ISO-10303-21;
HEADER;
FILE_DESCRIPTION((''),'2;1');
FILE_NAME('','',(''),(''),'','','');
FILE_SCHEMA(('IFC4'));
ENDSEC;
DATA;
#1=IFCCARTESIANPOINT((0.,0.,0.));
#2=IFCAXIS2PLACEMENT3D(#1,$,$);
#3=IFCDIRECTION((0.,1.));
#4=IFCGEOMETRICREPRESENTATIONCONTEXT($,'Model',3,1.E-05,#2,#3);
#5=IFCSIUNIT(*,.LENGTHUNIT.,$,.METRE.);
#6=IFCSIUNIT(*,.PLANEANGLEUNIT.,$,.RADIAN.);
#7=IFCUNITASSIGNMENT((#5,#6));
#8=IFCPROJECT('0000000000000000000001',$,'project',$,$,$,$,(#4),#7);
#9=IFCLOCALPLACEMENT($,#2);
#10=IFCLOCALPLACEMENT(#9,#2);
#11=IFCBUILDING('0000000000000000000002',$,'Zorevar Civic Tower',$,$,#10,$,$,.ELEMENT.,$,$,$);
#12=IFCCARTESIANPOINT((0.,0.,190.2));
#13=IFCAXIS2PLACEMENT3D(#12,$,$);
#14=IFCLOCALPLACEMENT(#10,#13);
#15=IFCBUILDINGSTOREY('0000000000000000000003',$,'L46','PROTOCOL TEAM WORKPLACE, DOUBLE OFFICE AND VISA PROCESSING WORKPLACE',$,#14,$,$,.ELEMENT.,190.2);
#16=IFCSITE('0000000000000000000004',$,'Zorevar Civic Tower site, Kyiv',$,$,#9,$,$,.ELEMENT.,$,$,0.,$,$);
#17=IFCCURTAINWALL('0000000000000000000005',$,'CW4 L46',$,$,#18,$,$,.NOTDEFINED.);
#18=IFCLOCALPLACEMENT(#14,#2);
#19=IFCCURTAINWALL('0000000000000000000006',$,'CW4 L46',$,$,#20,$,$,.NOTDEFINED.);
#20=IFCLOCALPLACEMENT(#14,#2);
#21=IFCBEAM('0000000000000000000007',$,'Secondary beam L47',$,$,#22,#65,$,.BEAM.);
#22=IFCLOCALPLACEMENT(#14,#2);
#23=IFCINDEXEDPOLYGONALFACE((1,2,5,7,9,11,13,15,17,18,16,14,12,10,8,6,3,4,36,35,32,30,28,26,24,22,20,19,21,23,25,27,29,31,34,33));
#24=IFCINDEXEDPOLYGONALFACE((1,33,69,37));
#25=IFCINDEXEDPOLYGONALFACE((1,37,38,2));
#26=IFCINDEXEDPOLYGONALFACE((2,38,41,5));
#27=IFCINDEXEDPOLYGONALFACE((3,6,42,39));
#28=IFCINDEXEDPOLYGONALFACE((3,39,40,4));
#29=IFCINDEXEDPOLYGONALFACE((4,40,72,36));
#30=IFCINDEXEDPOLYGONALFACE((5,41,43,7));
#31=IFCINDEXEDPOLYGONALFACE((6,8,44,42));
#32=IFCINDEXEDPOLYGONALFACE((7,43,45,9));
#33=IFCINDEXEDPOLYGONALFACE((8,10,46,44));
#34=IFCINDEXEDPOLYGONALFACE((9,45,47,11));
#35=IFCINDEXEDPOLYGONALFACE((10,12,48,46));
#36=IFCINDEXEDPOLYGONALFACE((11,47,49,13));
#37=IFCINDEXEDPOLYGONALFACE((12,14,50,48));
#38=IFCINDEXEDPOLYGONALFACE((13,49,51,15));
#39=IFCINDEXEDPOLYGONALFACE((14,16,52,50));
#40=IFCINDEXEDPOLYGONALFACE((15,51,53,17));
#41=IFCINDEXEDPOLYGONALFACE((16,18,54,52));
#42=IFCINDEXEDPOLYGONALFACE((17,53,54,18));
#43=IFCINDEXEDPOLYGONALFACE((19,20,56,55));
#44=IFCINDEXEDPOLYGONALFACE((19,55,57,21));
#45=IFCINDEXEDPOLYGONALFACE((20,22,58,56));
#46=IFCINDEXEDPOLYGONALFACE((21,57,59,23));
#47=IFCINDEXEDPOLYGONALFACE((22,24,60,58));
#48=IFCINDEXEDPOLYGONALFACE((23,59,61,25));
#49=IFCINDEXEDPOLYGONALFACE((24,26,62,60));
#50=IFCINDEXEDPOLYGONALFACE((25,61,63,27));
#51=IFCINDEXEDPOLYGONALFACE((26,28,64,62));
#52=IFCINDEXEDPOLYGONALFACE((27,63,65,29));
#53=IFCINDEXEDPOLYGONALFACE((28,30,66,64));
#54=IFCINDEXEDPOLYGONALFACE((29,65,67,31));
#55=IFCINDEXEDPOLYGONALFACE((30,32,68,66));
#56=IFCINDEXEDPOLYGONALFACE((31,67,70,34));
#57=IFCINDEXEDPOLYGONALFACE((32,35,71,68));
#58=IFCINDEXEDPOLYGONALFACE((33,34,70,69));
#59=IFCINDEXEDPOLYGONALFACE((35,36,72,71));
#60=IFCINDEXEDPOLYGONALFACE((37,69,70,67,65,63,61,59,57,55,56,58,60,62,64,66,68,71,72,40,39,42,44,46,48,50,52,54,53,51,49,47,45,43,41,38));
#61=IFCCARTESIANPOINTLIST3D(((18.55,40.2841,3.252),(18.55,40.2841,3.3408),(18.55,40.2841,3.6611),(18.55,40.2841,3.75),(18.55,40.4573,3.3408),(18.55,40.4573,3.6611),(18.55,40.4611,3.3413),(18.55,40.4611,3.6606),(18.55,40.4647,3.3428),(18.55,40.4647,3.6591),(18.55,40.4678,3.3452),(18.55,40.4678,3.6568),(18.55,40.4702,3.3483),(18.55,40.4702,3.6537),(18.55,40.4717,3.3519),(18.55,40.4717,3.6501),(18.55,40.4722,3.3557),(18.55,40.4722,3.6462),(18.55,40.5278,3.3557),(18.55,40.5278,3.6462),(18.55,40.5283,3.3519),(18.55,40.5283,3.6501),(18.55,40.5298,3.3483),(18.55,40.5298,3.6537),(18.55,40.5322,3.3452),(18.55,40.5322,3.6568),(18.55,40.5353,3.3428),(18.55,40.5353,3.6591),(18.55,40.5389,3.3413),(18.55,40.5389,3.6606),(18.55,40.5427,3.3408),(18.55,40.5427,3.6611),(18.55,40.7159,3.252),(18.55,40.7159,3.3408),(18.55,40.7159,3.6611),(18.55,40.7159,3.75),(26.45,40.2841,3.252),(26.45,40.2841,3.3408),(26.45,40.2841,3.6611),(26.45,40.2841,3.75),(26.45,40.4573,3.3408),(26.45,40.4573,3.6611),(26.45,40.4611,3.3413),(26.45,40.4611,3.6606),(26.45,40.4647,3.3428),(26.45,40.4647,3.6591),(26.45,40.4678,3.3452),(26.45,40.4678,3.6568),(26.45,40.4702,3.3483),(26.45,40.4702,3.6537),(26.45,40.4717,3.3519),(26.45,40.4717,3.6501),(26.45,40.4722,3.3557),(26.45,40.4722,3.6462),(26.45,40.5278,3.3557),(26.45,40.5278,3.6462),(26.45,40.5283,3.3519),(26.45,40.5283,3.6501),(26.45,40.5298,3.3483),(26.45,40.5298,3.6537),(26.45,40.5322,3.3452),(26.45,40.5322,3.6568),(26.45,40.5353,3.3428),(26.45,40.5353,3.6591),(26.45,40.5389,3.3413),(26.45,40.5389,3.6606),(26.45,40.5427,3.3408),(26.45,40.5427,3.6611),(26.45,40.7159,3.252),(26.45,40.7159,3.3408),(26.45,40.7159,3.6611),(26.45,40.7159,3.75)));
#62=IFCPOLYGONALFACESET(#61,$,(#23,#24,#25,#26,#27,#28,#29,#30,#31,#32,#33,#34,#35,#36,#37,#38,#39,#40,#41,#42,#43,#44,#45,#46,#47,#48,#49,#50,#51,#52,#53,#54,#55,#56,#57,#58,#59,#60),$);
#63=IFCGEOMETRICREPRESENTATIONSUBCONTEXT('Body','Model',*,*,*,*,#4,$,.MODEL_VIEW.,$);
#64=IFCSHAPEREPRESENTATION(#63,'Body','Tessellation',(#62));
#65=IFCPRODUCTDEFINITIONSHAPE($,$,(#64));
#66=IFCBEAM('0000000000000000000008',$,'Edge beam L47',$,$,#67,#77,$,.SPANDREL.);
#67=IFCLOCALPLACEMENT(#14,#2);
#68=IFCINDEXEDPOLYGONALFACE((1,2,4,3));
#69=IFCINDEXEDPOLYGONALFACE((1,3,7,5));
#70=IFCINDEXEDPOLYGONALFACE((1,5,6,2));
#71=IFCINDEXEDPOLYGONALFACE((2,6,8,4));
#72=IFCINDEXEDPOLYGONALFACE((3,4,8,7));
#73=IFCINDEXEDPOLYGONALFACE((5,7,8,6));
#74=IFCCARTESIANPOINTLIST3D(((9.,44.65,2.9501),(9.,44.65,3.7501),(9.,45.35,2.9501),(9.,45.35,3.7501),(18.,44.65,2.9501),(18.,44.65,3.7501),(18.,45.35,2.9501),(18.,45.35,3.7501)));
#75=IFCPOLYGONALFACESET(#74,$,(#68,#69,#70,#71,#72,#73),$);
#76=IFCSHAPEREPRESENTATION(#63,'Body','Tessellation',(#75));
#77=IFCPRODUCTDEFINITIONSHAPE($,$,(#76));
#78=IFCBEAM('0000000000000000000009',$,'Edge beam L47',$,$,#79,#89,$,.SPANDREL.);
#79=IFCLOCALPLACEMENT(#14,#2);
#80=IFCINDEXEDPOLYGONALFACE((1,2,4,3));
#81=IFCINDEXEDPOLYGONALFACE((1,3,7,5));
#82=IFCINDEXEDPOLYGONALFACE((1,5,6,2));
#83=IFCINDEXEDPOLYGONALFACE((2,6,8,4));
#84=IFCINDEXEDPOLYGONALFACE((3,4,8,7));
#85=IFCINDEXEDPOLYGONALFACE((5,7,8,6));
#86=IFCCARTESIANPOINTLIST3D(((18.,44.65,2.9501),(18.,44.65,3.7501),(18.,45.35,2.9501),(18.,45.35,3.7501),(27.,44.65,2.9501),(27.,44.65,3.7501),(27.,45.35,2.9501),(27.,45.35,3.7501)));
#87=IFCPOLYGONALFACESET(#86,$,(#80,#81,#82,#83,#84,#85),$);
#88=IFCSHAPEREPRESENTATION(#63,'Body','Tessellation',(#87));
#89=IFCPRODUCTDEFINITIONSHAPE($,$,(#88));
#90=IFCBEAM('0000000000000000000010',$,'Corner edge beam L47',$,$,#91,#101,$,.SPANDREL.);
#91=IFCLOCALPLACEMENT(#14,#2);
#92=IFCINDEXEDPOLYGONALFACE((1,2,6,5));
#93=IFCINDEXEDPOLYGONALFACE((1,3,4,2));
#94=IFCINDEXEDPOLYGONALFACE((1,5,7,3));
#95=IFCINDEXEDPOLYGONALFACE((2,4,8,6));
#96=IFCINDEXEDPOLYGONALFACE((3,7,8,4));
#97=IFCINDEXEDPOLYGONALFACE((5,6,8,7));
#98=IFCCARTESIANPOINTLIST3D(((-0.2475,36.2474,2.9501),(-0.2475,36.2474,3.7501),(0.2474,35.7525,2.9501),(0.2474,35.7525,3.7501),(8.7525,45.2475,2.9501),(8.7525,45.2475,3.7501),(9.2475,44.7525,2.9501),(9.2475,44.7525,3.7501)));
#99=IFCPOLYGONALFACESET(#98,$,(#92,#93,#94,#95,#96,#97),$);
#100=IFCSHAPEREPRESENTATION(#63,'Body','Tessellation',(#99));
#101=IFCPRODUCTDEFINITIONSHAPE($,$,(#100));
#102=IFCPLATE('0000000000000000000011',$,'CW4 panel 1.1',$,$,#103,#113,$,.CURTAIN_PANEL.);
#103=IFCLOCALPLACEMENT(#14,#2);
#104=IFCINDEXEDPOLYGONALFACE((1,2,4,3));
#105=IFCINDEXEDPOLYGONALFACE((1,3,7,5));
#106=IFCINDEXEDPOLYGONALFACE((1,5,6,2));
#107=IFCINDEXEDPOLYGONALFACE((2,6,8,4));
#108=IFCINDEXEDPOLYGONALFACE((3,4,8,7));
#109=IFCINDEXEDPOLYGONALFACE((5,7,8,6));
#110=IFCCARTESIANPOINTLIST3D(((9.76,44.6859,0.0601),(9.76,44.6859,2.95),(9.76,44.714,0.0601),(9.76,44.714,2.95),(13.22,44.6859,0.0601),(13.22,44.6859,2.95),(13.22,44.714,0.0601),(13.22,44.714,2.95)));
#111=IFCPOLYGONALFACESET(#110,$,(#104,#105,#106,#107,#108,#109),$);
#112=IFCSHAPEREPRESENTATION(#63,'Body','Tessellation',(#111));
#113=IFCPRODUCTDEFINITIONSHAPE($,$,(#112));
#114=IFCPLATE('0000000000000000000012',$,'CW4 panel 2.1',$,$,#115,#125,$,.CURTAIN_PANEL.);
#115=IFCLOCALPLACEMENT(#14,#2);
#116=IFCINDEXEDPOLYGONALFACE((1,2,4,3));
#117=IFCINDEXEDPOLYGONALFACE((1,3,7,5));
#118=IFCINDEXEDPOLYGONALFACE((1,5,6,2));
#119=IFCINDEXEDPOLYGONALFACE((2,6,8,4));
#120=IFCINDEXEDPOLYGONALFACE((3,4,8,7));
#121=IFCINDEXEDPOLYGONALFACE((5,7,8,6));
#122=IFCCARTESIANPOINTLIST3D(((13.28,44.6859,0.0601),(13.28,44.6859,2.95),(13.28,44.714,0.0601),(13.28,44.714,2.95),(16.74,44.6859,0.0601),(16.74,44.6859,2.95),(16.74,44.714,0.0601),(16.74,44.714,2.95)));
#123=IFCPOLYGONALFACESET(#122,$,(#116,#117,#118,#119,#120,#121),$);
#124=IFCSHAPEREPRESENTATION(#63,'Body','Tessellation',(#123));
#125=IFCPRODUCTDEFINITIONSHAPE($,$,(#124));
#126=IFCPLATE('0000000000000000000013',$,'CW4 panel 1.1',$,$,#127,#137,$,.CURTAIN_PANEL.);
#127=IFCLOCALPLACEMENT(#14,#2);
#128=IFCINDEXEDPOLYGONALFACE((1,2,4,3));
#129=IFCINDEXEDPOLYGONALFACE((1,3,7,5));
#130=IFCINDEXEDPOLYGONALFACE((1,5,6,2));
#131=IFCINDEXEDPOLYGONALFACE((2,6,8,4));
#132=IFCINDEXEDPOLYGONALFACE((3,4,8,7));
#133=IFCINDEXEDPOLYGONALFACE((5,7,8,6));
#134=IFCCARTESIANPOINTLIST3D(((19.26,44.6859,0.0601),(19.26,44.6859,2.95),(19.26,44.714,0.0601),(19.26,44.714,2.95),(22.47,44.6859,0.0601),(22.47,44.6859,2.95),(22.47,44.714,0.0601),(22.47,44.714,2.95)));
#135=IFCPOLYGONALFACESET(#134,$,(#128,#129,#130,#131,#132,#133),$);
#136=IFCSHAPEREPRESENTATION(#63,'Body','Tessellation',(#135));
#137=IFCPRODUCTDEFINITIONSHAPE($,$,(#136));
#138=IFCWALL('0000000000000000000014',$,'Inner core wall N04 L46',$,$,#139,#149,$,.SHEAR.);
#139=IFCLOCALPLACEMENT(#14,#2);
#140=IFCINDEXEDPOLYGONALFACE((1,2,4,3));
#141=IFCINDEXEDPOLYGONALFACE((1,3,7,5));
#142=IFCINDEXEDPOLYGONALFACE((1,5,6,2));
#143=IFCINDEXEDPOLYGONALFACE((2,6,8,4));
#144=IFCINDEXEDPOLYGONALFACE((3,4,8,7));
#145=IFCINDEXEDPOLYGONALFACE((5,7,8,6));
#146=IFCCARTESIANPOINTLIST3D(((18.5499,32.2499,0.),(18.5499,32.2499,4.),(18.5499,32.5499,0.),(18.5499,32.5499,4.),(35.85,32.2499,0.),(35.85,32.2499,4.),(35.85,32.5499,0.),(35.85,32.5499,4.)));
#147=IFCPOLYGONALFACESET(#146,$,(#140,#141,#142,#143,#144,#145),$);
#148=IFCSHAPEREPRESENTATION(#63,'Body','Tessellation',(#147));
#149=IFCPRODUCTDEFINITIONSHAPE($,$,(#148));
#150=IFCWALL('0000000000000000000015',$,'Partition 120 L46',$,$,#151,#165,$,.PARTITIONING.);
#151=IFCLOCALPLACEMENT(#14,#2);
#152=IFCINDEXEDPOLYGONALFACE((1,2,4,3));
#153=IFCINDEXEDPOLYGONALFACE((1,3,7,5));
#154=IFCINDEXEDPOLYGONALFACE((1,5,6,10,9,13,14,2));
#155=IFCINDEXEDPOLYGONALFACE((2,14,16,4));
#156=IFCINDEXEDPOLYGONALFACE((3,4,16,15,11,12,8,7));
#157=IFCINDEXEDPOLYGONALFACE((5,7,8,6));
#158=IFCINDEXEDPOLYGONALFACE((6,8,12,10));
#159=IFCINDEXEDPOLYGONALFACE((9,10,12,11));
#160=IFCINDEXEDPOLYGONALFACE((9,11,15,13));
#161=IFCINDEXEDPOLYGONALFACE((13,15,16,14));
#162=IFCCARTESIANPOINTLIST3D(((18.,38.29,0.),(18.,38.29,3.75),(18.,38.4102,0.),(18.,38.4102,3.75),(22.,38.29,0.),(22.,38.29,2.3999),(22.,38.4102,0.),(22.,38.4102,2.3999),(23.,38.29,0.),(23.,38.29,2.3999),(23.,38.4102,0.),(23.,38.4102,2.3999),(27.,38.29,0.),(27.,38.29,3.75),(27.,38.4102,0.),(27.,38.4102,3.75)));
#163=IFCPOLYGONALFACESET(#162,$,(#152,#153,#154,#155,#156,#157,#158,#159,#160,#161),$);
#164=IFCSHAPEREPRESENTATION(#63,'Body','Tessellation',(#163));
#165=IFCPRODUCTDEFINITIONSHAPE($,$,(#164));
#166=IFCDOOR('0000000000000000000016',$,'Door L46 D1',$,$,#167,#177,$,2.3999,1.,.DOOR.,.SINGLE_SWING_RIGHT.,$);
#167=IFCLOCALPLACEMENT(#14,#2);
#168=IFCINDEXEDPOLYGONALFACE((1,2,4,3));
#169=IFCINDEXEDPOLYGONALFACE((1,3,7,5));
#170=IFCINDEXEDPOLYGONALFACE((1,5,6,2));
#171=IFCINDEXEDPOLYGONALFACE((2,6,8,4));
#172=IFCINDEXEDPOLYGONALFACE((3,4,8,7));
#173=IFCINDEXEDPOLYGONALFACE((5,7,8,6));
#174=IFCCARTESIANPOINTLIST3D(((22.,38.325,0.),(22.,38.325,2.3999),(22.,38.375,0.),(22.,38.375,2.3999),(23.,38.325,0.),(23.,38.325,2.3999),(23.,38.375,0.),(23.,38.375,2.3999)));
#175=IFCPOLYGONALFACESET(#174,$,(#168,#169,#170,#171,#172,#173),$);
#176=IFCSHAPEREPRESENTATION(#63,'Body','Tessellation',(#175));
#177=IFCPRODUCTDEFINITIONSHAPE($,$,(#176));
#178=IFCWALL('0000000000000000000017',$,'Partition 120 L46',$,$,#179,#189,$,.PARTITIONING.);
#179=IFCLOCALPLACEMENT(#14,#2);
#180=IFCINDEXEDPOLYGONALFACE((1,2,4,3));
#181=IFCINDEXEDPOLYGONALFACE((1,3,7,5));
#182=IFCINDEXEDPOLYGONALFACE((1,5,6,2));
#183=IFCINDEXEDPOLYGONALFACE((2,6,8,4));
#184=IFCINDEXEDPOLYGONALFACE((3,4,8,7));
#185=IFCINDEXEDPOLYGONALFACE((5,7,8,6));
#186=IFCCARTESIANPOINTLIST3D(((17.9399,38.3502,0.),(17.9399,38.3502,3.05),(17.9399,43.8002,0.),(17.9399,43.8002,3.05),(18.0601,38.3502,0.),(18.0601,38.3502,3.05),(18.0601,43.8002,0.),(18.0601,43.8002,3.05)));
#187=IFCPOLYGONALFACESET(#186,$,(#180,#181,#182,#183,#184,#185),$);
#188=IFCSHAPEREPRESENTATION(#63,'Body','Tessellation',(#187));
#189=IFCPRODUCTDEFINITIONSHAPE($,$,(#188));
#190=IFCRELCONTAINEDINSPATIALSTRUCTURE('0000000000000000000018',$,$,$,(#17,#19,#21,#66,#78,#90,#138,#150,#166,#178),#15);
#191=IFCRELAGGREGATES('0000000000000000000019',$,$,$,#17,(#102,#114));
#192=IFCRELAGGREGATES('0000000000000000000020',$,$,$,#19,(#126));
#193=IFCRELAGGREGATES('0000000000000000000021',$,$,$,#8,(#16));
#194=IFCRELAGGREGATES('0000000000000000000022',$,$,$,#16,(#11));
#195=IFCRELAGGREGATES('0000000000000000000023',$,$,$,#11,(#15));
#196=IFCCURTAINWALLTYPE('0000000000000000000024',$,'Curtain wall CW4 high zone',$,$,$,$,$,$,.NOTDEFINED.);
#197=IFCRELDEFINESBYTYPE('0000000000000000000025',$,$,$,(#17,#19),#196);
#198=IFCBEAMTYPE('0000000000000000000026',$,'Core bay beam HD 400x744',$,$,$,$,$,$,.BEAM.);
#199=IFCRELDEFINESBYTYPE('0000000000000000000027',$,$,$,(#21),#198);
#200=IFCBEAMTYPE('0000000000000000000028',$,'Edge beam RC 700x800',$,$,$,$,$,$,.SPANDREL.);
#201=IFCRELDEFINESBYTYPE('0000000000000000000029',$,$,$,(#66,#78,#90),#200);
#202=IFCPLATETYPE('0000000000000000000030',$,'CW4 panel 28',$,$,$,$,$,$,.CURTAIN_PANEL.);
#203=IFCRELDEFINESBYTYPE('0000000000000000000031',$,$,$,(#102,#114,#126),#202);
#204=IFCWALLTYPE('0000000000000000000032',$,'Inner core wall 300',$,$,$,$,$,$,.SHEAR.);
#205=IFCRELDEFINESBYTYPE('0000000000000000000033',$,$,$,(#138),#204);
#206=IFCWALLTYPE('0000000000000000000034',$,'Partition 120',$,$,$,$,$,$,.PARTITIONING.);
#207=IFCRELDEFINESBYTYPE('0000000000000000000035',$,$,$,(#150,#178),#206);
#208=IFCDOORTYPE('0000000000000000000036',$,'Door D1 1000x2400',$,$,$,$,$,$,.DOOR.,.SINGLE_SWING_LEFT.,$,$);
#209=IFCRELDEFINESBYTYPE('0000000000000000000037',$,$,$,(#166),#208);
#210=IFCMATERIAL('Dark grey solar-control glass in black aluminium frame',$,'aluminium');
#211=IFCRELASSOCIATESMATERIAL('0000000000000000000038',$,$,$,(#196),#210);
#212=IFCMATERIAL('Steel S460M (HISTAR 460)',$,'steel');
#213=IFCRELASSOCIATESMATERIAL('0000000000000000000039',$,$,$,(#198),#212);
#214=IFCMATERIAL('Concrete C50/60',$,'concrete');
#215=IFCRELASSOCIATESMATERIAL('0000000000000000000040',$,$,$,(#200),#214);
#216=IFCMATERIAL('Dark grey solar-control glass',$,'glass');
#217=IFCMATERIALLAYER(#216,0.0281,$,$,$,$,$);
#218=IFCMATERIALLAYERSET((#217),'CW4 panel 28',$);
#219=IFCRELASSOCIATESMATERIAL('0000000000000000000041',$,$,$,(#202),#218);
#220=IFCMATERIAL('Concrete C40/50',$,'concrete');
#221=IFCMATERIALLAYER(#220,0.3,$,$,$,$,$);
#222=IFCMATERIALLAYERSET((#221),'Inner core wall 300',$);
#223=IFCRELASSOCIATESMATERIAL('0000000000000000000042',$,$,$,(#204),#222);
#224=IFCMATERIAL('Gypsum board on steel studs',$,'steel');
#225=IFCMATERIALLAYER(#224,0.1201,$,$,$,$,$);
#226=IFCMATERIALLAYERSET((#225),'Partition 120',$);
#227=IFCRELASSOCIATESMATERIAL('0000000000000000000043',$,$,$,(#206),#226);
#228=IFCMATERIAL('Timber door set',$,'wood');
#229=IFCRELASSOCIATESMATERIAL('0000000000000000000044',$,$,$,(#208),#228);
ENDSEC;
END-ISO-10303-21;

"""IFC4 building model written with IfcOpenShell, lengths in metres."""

from ifc_helpers import new_model, si_unit, direction, frame, frame_2d, origin, origin_2d, place, context, subcontext, project, spatial, rectangle, i_section, extrude, material, layer, layer_set, material_profile, profile_set, type_object, element, fill, aggregate, save


model = new_model("IFC4")

# Units and contexts
model_context = context("Model", 3, precision=1e-05, world=origin(), true_north=direction((0.0, 1.0)))
body_context = subcontext(model_context, "Body", "Model", "MODEL_VIEW")
ifc_project = project(units=[si_unit("LENGTHUNIT", "METRE"), si_unit("PLANEANGLEUNIT", "RADIAN")], contexts=[model_context])

# Site, building, storey
site_placement = place(None, origin())
site = spatial("IfcSite", under=ifc_project, at=site_placement, Name="Zorevar Civic Tower site, Kyiv", CompositionType="ELEMENT", RefElevation=0.0)
building_placement = place(site_placement, origin())
building = spatial("IfcBuilding", under=site, at=building_placement, Name="Zorevar Civic Tower", CompositionType="ELEMENT")
storey_placement = place(building_placement, frame((0.0, 0.0, 190.2)))
storey = spatial("IfcBuildingStorey", under=building, at=storey_placement, Name="L46", Description="PROTOCOL TEAM WORKPLACE, DOUBLE OFFICE AND VISA PROCESSING WORKPLACE", CompositionType="ELEMENT", Elevation=190.2)

# Curtain wall
ifc_material_1 = material(Name="Dark grey solar-control glass in black aluminium frame", Category="aluminium")
curtain_wall_type = type_object("IfcCurtainWallType", Name="Curtain wall CW4 high zone", PredefinedType="NOTDEFINED", material=ifc_material_1)
curtain_wall_1_placement = place(storey_placement, origin())
curtain_wall_1 = element("IfcCurtainWall", 1, at=curtain_wall_1_placement, inside=storey, type_object=curtain_wall_type, Name="CW4 L46", PredefinedType="NOTDEFINED")

# Curtain wall
curtain_wall_2_placement = place(storey_placement, origin())
curtain_wall_2 = element("IfcCurtainWall", 2, at=curtain_wall_2_placement, inside=storey, type_object=curtain_wall_type, Name="CW4 L46", PredefinedType="NOTDEFINED")

# Beams
ifc_material_2 = material(Name="Steel S460M (HISTAR 460)", Category="steel")
ifc_material_profile_1 = material_profile(ifc_material_2, i_section(OverallWidth=0.4319, OverallDepth=0.498, WebThickness=0.0557, FlangeThickness=0.0889, FilletRadius=0.0149, at=origin_2d()), Name="HD 400x744")
ifc_profile_set_1 = profile_set([ifc_material_profile_1], Name="Steel S460M (HISTAR 460)")
beam_type_1 = type_object("IfcBeamType", Name="Core bay beam HD 400x744", PredefinedType="BEAM", material=ifc_profile_set_1)
beam_1_placement = place(storey_placement, frame((18.55, 40.5, 3.501), z_axis=(1.0, 0.0, 0.0), x_axis=(0.0, 1.0, 0.0)))
element("IfcBeam", 3, at=beam_1_placement, inside=storey, type_object=beam_type_1, Name="Secondary beam L47", PredefinedType="BEAM", context=body_context, shape_type="SweptSolid", body=[
    extrude(i_section(OverallWidth=0.4319, OverallDepth=0.498, WebThickness=0.0557, FlangeThickness=0.0889, FilletRadius=0.0149, at=origin_2d()), origin(), (0.0, 0.0, 1.0), 7.8999),
])
ifc_material_3 = material(Name="Concrete C50/60", Category="concrete")
ifc_material_profile_2 = material_profile(ifc_material_3, rectangle(XDim=0.7, YDim=0.8, at=origin_2d()), Name="RC 700x800")
ifc_profile_set_2 = profile_set([ifc_material_profile_2], Name="Concrete C50/60")
beam_type_2 = type_object("IfcBeamType", Name="Edge beam RC 700x800", PredefinedType="SPANDREL", material=ifc_profile_set_2)
for number, where, z_axis, x_axis, name in (
    (4, (9.0, 45.0, 3.3501), (1.0, 0.0, 0.0), (0.0, 1.0, 0.0), "Edge beam L47"),
    (5, (18.0, 45.0, 3.3501), (1.0, 0.0, 0.0), (0.0, 1.0, 0.0), "Edge beam L47"),
):
    element("IfcBeam", number, at=place(storey_placement, frame(where, z_axis=z_axis, x_axis=x_axis)), inside=storey, type_object=beam_type_2, Name=name, PredefinedType="SPANDREL", context=body_context, shape_type="SweptSolid", body=[
        extrude(rectangle(XDim=0.7, YDim=0.8, at=origin_2d()), origin(), (0.0, 0.0, 1.0), 9.0),
    ])
beam_2_placement = place(storey_placement, frame((9.0, 45.0, 3.3501), z_axis=(-0.707107, -0.707107, 0.0), x_axis=(0.707107, -0.707107, 0.0)))
element("IfcBeam", 6, at=beam_2_placement, inside=storey, type_object=beam_type_2, Name="Corner edge beam L47", PredefinedType="SPANDREL", context=body_context, shape_type="SweptSolid", body=[
    extrude(rectangle(XDim=0.7, YDim=0.8, at=origin_2d()), origin(), (0.0, 0.0, 1.0), 12.728),
])

# Plates
ifc_material_4 = material(Name="Dark grey solar-control glass", Category="glass")
ifc_layer_1 = layer(ifc_material_4, 0.0281)
ifc_layer_set_1 = layer_set([ifc_layer_1], Name="CW4 panel 28")
plate_type = type_object("IfcPlateType", Name="CW4 panel 28", PredefinedType="CURTAIN_PANEL", material=ifc_layer_set_1)
plate_1_placement = place(storey_placement, frame((11.49, 44.7, 0.0601), z_axis=(0.0, 0.0, 1.0), x_axis=(1.0, 0.0, 0.0)))
plate_1 = element("IfcPlate", 7, at=plate_1_placement, type_object=plate_type, Name="CW4 panel 1.1", PredefinedType="CURTAIN_PANEL", context=body_context, shape_type="SweptSolid", body=[
    extrude(rectangle(XDim=3.46, YDim=0.0281, at=origin_2d()), origin(), (0.0, 0.0, 1.0), 2.8899),
])
plate_2_placement = place(storey_placement, frame((15.01, 44.7, 0.0601), z_axis=(0.0, 0.0, 1.0), x_axis=(1.0, 0.0, 0.0)))
plate_2 = element("IfcPlate", 8, at=plate_2_placement, type_object=plate_type, Name="CW4 panel 2.1", PredefinedType="CURTAIN_PANEL", context=body_context, shape_type="SweptSolid", body=[
    extrude(rectangle(XDim=3.46, YDim=0.0281, at=origin_2d()), origin(), (0.0, 0.0, 1.0), 2.8899),
])
aggregate(curtain_wall_1, [plate_1, plate_2])
plate_3_placement = place(storey_placement, frame((20.865, 44.7, 0.0601), z_axis=(0.0, 0.0, 1.0), x_axis=(1.0, 0.0, 0.0)))
plate_3 = element("IfcPlate", 9, at=plate_3_placement, type_object=plate_type, Name="CW4 panel 1.1", PredefinedType="CURTAIN_PANEL", context=body_context, shape_type="SweptSolid", body=[
    extrude(rectangle(XDim=3.21, YDim=0.0281, at=origin_2d()), origin(), (0.0, 0.0, 1.0), 2.8899),
])
aggregate(curtain_wall_2, [plate_3])

# Wall
ifc_material_5 = material(Name="Concrete C40/50", Category="concrete")
ifc_layer_2 = layer(ifc_material_5, 0.3)
ifc_layer_set_2 = layer_set([ifc_layer_2], Name="Inner core wall 300")
wall_type_1 = type_object("IfcWallType", Name="Inner core wall 300", PredefinedType="SHEAR", material=ifc_layer_set_2)
wall_1_placement = place(storey_placement, frame((18.55, 32.3999, 0.0), z_axis=(0.0, 0.0, 1.0), x_axis=(1.0, 0.0, 0.0)))
element("IfcWall", 10, at=wall_1_placement, inside=storey, type_object=wall_type_1, Name="Inner core wall N04 L46", PredefinedType="SHEAR", context=body_context, shape_type="SweptSolid", body=[
    extrude(rectangle(XDim=17.3, YDim=0.3, at=frame_2d((8.6499, 0.0))), origin(), (0.0, 0.0, 1.0), 4.0),
])

# Wall, opening, door
ifc_material_6 = material(Name="Gypsum board on steel studs", Category="steel")
ifc_layer_3 = layer(ifc_material_6, 0.1201)
ifc_layer_set_3 = layer_set([ifc_layer_3], Name="Partition 120")
wall_type_2 = type_object("IfcWallType", Name="Partition 120", PredefinedType="PARTITIONING", material=ifc_layer_set_3)
wall_2_placement = place(storey_placement, frame((18.0, 38.3501, 0.0), z_axis=(0.0, 0.0, 1.0), x_axis=(1.0, 0.0, 0.0)))
wall_2 = element("IfcWall", 11, at=wall_2_placement, inside=storey, type_object=wall_type_2, Name="Partition 120 L46", PredefinedType="PARTITIONING", context=body_context, shape_type="SweptSolid", body=[
    extrude(rectangle(XDim=9.0, YDim=0.1201, at=frame_2d((4.5, 0.0))), origin(), (0.0, 0.0, 1.0), 3.75),
])
opening_1_placement = place(wall_2_placement, frame((4.0, 0.0, 0.0)))
opening_1 = element("IfcOpeningElement", 12, at=opening_1_placement, cuts=wall_2, PredefinedType="OPENING", context=body_context, shape_type="SweptSolid", body=[
    extrude(rectangle(XDim=1.0, YDim=2.3999, at=frame_2d((0.5, 1.2))), frame((0.0, 0.0701, 0.0), z_axis=(0.0, -1.0, 0.0), x_axis=(1.0, 0.0, 0.0)), (0.0, 0.0, 1.0), 0.1401),
])
ifc_material_7 = material(Name="Timber door set", Category="wood")
door_type_1 = type_object("IfcDoorType", Name="Door D1 1000x2400", OperationType="SINGLE_SWING_LEFT", PredefinedType="DOOR", material=ifc_material_7)
door_1_placement = place(opening_1_placement, origin())
door_1 = element("IfcDoor", 13, at=door_1_placement, inside=storey, type_object=door_type_1, Name="Door L46 D1", OperationType="SINGLE_SWING_RIGHT", OverallHeight=2.3999, OverallWidth=1.0, PredefinedType="DOOR", context=body_context, shape_type="SweptSolid", body=[
    extrude(rectangle(XDim=1.0, YDim=2.3999, at=frame_2d((0.5, 1.2))), frame((0.0, 0.0249, 0.0), z_axis=(0.0, -1.0, 0.0), x_axis=(1.0, 0.0, 0.0)), (0.0, 0.0, 1.0), 0.05),
])
fill(opening_1, door_1)

# Wall
wall_3_placement = place(storey_placement, frame((18.0, 38.3501, 0.0), z_axis=(0.0, 0.0, 1.0), x_axis=(0.0, 1.0, 0.0)))
element("IfcWall", 14, at=wall_3_placement, inside=storey, type_object=wall_type_2, Name="Partition 120 L46", PredefinedType="PARTITIONING", context=body_context, shape_type="SweptSolid", body=[
    extrude(rectangle(XDim=5.45, YDim=0.1201, at=frame_2d((2.7251, 0.0))), origin(), (0.0, 0.0, 1.0), 3.05),
])

save(model, "model.ifc")
